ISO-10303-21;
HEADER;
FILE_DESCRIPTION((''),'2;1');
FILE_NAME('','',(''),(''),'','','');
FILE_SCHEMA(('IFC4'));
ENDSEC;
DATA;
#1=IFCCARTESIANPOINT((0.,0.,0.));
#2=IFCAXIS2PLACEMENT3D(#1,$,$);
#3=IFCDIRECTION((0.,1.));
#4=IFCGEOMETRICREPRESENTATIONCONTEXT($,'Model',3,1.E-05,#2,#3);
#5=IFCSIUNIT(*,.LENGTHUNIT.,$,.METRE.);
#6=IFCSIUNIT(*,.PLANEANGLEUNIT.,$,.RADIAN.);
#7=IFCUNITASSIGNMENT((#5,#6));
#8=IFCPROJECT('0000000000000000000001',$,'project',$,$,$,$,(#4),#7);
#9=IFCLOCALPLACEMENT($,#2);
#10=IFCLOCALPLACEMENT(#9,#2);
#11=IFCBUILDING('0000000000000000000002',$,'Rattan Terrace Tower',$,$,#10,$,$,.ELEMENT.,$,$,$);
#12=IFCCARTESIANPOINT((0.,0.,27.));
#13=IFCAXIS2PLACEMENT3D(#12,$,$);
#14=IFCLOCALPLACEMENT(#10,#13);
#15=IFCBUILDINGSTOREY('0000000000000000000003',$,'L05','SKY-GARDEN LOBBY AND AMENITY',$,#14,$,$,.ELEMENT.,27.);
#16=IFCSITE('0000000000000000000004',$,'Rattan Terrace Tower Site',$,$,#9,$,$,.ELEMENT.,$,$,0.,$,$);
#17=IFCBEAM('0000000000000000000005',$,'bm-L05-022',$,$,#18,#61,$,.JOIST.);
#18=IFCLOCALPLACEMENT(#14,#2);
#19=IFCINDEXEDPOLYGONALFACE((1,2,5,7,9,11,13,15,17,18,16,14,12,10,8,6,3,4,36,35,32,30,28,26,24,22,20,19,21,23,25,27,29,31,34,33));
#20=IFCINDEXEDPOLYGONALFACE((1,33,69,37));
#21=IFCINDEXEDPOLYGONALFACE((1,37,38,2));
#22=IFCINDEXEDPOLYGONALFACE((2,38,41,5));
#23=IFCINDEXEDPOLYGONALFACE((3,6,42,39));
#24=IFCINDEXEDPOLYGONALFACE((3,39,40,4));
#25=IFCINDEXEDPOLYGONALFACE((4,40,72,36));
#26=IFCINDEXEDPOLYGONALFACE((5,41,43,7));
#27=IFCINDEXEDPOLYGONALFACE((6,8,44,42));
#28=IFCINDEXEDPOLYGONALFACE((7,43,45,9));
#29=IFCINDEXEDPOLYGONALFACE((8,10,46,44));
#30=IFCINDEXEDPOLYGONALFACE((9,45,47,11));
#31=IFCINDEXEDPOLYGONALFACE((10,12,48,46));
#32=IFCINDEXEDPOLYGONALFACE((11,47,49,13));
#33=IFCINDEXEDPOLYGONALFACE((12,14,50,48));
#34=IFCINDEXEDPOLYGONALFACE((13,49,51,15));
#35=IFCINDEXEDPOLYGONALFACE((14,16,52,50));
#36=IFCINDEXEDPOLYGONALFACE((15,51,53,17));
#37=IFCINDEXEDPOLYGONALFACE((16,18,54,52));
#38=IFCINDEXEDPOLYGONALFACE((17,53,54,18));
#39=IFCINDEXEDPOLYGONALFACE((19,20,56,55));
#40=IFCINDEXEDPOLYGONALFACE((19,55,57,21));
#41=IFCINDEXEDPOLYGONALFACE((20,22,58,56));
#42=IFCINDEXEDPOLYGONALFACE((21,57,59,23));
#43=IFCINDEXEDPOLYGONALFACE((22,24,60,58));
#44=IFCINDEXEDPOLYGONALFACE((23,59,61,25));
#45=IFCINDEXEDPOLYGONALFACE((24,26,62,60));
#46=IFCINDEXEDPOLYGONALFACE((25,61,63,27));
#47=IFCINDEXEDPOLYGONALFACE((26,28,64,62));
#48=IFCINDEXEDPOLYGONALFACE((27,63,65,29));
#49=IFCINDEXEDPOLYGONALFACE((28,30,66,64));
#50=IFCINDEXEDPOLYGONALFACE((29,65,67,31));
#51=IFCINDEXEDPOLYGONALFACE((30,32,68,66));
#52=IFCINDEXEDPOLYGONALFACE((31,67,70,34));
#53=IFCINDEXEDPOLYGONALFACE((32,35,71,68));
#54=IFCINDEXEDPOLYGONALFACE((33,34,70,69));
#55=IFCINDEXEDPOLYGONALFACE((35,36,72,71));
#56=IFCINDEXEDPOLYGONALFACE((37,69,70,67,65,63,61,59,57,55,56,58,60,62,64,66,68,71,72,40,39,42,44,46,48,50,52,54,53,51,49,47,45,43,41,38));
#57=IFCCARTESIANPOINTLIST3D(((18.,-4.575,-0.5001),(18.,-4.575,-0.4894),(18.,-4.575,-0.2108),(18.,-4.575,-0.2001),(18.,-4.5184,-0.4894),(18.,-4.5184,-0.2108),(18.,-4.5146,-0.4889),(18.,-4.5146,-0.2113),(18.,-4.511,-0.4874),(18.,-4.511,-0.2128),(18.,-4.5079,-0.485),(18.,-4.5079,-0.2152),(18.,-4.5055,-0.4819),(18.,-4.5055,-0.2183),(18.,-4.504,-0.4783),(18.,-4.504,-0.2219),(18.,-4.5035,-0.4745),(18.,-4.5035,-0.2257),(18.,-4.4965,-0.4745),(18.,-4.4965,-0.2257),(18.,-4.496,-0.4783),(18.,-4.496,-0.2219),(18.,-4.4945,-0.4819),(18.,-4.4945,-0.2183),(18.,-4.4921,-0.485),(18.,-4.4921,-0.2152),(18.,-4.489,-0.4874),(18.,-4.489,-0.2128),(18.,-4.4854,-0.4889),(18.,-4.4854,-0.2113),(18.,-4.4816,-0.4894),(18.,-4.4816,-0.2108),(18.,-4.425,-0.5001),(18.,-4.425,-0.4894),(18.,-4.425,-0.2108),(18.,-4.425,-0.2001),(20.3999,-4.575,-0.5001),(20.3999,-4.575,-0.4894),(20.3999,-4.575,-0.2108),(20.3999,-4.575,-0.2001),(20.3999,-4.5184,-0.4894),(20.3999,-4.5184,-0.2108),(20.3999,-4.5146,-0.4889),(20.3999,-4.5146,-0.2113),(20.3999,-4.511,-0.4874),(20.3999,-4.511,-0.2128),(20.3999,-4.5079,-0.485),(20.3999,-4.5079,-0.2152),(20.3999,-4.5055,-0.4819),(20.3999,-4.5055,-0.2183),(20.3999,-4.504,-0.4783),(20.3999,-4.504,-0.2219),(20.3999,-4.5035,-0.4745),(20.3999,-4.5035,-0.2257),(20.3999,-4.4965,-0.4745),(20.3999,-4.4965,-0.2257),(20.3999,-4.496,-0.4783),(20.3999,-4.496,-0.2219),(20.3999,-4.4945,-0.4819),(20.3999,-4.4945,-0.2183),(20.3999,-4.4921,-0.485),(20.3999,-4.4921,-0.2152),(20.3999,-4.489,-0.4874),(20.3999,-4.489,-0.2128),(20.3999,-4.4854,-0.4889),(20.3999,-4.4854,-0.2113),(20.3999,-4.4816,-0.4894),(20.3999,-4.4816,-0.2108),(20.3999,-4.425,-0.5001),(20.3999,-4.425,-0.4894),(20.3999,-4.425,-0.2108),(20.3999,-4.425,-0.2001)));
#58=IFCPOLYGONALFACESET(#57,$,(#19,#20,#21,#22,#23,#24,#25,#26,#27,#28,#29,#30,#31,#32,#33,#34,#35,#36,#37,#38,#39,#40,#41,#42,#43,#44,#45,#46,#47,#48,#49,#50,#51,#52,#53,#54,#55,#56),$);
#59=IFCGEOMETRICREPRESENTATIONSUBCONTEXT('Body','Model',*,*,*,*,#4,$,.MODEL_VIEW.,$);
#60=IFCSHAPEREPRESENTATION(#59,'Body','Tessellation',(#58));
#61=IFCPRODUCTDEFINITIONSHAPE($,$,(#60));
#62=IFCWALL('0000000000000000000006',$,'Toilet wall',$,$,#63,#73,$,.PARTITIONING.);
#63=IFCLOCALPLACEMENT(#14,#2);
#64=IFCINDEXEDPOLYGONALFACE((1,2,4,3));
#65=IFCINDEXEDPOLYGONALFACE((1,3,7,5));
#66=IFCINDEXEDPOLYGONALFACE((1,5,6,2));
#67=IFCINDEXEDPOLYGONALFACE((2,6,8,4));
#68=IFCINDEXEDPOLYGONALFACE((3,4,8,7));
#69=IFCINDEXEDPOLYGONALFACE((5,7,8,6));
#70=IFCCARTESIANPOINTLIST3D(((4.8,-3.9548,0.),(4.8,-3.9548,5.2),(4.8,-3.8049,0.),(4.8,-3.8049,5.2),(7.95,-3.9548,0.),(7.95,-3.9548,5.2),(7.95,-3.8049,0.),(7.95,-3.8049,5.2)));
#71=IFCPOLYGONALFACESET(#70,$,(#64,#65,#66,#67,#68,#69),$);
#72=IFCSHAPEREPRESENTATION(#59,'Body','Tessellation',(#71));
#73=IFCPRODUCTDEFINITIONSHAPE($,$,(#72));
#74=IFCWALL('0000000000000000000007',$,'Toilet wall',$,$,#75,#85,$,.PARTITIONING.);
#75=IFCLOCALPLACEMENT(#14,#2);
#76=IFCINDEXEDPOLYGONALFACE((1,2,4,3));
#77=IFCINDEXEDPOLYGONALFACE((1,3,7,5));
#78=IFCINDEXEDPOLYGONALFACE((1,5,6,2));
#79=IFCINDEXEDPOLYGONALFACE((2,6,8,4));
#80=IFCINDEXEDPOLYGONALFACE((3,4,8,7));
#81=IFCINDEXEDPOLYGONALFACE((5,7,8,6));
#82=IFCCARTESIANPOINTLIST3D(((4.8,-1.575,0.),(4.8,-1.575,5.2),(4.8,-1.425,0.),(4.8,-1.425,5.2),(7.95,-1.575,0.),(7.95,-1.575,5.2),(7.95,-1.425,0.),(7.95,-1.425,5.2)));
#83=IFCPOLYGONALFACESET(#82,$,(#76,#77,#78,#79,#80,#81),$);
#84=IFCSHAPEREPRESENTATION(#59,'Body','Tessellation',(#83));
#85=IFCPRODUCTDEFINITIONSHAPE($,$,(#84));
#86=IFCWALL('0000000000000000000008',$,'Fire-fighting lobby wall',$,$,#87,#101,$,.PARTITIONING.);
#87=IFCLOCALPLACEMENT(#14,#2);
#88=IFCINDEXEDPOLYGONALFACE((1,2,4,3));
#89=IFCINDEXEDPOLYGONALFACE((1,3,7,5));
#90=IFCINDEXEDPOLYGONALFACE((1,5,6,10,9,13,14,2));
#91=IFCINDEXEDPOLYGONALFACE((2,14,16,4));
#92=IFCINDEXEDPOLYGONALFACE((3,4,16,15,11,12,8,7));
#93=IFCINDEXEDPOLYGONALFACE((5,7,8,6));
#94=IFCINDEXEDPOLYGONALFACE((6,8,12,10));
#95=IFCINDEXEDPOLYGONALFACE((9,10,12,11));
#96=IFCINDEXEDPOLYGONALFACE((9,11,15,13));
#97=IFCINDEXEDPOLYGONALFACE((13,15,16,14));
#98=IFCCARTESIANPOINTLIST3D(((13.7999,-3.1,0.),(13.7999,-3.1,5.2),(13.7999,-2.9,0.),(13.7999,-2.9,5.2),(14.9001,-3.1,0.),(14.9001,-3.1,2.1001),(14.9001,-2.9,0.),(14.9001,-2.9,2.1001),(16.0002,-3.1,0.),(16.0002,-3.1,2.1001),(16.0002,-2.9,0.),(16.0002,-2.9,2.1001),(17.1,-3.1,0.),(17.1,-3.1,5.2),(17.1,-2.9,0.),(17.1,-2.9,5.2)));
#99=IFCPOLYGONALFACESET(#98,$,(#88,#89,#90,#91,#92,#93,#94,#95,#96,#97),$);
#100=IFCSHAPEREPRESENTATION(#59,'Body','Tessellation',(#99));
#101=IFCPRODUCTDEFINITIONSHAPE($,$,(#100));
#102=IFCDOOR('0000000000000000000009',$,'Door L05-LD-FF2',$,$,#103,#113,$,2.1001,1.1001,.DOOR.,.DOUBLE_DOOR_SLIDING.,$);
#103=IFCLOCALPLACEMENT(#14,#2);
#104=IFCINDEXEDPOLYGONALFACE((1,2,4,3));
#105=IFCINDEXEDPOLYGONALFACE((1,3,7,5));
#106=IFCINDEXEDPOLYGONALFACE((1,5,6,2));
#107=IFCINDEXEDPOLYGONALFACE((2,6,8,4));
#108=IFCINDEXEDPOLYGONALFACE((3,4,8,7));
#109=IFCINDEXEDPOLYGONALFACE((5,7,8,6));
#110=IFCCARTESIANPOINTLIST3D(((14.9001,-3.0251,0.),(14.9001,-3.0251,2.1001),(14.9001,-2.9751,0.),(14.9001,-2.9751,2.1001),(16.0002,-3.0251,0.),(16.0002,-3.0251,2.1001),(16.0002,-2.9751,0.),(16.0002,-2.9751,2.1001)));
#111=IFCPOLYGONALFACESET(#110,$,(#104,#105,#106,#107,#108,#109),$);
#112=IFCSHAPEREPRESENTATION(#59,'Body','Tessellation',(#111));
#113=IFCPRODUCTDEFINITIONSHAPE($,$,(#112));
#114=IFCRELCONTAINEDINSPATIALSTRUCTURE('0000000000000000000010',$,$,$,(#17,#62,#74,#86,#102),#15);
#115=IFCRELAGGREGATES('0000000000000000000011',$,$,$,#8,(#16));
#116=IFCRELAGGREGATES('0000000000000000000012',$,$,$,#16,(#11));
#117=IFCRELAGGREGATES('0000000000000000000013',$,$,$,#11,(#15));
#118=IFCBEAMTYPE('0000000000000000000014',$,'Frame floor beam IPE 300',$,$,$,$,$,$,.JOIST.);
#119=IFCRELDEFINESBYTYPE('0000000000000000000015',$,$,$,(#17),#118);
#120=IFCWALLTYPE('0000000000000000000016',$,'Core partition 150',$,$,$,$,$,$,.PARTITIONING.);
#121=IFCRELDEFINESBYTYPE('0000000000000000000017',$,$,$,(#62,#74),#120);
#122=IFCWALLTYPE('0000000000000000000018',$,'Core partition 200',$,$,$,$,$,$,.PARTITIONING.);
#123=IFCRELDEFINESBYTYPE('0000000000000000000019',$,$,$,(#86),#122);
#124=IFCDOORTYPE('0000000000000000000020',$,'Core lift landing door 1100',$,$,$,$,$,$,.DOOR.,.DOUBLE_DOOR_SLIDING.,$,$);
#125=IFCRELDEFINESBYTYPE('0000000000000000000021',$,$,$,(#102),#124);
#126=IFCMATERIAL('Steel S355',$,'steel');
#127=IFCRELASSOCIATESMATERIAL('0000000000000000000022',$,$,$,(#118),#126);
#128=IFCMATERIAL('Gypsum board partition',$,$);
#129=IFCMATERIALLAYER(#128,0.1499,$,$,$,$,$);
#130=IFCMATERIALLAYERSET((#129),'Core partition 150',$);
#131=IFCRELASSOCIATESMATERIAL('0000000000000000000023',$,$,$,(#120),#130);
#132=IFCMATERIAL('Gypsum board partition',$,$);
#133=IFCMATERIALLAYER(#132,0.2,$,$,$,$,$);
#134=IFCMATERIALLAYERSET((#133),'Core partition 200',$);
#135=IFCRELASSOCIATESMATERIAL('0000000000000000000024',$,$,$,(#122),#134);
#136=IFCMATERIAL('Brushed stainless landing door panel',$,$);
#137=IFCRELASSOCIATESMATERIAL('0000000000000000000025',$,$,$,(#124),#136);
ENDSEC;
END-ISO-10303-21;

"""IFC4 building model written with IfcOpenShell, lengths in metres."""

from ifc_helpers import new_model, si_unit, direction, frame, frame_2d, origin, origin_2d, place, context, subcontext, project, spatial, rectangle, i_section, extrude, material, layer, layer_set, material_profile, profile_set, type_object, element, fill, save


model = new_model("IFC4")

# Units and contexts
model_context = context("Model", 3, precision=1e-05, world=origin(), true_north=direction((0.0, 1.0)))
body_context = subcontext(model_context, "Body", "Model", "MODEL_VIEW")
ifc_project = project(units=[si_unit("LENGTHUNIT", "METRE"), si_unit("PLANEANGLEUNIT", "RADIAN")], contexts=[model_context])

# Site, building, storey
site_placement = place(None, origin())
site = spatial("IfcSite", under=ifc_project, at=site_placement, Name="Rattan Terrace Tower Site", CompositionType="ELEMENT", RefElevation=0.0)
building_placement = place(site_placement, origin())
building = spatial("IfcBuilding", under=site, at=building_placement, Name="Rattan Terrace Tower", CompositionType="ELEMENT")
storey_placement = place(building_placement, frame((0.0, 0.0, 27.0)))
storey = spatial("IfcBuildingStorey", under=building, at=storey_placement, Name="L05", Description="SKY-GARDEN LOBBY AND AMENITY", CompositionType="ELEMENT", Elevation=27.0)

# Beam
ifc_material_1 = material(Name="Steel S355", Category="steel")
ifc_material_profile = material_profile(ifc_material_1, i_section(OverallWidth=0.1499, OverallDepth=0.3, WebThickness=0.0071, FlangeThickness=0.0107, FilletRadius=0.0149, at=origin_2d()), Name="IPE 300")
ifc_profile_set = profile_set([ifc_material_profile], Name="Steel S355")
beam_type = type_object("IfcBeamType", Name="Frame floor beam IPE 300", PredefinedType="JOIST", material=ifc_profile_set)
beam_placement = place(storey_placement, frame((18.0, -4.5, -0.3501), z_axis=(1.0, 0.0, 0.0), x_axis=(0.0, 1.0, 0.0)))
element("IfcBeam", 1, at=beam_placement, inside=storey, type_object=beam_type, Name="bm-L05-022", PredefinedType="JOIST", context=body_context, shape_type="SweptSolid", body=[
    extrude(i_section(OverallWidth=0.1499, OverallDepth=0.3, WebThickness=0.0071, FlangeThickness=0.0107, FilletRadius=0.0149, at=origin_2d()), origin(), (0.0, 0.0, 1.0), 2.3999),
])

# Walls
ifc_material_2 = material(Name="Gypsum board partition")
ifc_layer_1 = layer(ifc_material_2, 0.1499)
ifc_layer_set_1 = layer_set([ifc_layer_1], Name="Core partition 150")
wall_type_1 = type_object("IfcWallType", Name="Core partition 150", PredefinedType="PARTITIONING", material=ifc_layer_set_1)
for number, where, z_axis, x_axis, name in (
    (2, (4.8, -3.8799, 0.0), (0.0, 0.0, 1.0), (1.0, 0.0, 0.0), "Toilet wall"),
    (3, (4.8, -1.5, 0.0), (0.0, 0.0, 1.0), (1.0, 0.0, 0.0), "Toilet wall"),
):
    element("IfcWall", number, at=place(storey_placement, frame(where, z_axis=z_axis, x_axis=x_axis)), inside=storey, type_object=wall_type_1, Name=name, PredefinedType="PARTITIONING", context=body_context, shape_type="SweptSolid", body=[
        extrude(rectangle(XDim=3.1499, YDim=0.1499, at=frame_2d((1.575, 0.0))), origin(), (0.0, 0.0, 1.0), 5.2),
    ])

# Wall, opening, door
ifc_material_3 = material(Name="Gypsum board partition")
ifc_layer_2 = layer(ifc_material_3, 0.2)
ifc_layer_set_2 = layer_set([ifc_layer_2], Name="Core partition 200")
wall_type_2 = type_object("IfcWallType", Name="Core partition 200", PredefinedType="PARTITIONING", material=ifc_layer_set_2)
wall_1_placement = place(storey_placement, frame((13.8, -3.0, 0.0), z_axis=(0.0, 0.0, 1.0), x_axis=(1.0, 0.0, 0.0)))
wall_1 = element("IfcWall", 4, at=wall_1_placement, inside=storey, type_object=wall_type_2, Name="Fire-fighting lobby wall", PredefinedType="PARTITIONING", context=body_context, shape_type="SweptSolid", body=[
    extrude(rectangle(XDim=3.3, YDim=0.2, at=frame_2d((1.6499, 0.0))), origin(), (0.0, 0.0, 1.0), 5.2),
])
opening_1_placement = place(wall_1_placement, frame((1.1001, 0.0, 0.0)))
opening_1 = element("IfcOpeningElement", 5, at=opening_1_placement, cuts=wall_1, PredefinedType="OPENING", context=body_context, shape_type="SweptSolid", body=[
    extrude(rectangle(XDim=1.1001, YDim=2.1001, at=frame_2d((0.55, 1.05))), frame((0.0, 0.1106, 0.0), z_axis=(0.0, -1.0, 0.0), x_axis=(1.0, 0.0, 0.0)), (0.0, 0.0, 1.0), 0.2209),
])
ifc_material_4 = material(Name="Brushed stainless landing door panel")
door_type_1 = type_object("IfcDoorType", Name="Core lift landing door 1100", OperationType="DOUBLE_DOOR_SLIDING", PredefinedType="DOOR", material=ifc_material_4)
door_1_placement = place(opening_1_placement, origin())
door_1 = element("IfcDoor", 6, at=door_1_placement, inside=storey, type_object=door_type_1, Name="Door L05-LD-FF2", OperationType="DOUBLE_DOOR_SLIDING", OverallHeight=2.1001, OverallWidth=1.1001, PredefinedType="DOOR", context=body_context, shape_type="SweptSolid", body=[
    extrude(rectangle(XDim=1.1001, YDim=2.1001, at=frame_2d((0.55, 1.05))), frame((0.0, 0.0249, 0.0), z_axis=(0.0, -1.0, 0.0), x_axis=(1.0, 0.0, 0.0)), (0.0, 0.0, 1.0), 0.05),
])
fill(opening_1, door_1)

save(model, "model.ifc")
